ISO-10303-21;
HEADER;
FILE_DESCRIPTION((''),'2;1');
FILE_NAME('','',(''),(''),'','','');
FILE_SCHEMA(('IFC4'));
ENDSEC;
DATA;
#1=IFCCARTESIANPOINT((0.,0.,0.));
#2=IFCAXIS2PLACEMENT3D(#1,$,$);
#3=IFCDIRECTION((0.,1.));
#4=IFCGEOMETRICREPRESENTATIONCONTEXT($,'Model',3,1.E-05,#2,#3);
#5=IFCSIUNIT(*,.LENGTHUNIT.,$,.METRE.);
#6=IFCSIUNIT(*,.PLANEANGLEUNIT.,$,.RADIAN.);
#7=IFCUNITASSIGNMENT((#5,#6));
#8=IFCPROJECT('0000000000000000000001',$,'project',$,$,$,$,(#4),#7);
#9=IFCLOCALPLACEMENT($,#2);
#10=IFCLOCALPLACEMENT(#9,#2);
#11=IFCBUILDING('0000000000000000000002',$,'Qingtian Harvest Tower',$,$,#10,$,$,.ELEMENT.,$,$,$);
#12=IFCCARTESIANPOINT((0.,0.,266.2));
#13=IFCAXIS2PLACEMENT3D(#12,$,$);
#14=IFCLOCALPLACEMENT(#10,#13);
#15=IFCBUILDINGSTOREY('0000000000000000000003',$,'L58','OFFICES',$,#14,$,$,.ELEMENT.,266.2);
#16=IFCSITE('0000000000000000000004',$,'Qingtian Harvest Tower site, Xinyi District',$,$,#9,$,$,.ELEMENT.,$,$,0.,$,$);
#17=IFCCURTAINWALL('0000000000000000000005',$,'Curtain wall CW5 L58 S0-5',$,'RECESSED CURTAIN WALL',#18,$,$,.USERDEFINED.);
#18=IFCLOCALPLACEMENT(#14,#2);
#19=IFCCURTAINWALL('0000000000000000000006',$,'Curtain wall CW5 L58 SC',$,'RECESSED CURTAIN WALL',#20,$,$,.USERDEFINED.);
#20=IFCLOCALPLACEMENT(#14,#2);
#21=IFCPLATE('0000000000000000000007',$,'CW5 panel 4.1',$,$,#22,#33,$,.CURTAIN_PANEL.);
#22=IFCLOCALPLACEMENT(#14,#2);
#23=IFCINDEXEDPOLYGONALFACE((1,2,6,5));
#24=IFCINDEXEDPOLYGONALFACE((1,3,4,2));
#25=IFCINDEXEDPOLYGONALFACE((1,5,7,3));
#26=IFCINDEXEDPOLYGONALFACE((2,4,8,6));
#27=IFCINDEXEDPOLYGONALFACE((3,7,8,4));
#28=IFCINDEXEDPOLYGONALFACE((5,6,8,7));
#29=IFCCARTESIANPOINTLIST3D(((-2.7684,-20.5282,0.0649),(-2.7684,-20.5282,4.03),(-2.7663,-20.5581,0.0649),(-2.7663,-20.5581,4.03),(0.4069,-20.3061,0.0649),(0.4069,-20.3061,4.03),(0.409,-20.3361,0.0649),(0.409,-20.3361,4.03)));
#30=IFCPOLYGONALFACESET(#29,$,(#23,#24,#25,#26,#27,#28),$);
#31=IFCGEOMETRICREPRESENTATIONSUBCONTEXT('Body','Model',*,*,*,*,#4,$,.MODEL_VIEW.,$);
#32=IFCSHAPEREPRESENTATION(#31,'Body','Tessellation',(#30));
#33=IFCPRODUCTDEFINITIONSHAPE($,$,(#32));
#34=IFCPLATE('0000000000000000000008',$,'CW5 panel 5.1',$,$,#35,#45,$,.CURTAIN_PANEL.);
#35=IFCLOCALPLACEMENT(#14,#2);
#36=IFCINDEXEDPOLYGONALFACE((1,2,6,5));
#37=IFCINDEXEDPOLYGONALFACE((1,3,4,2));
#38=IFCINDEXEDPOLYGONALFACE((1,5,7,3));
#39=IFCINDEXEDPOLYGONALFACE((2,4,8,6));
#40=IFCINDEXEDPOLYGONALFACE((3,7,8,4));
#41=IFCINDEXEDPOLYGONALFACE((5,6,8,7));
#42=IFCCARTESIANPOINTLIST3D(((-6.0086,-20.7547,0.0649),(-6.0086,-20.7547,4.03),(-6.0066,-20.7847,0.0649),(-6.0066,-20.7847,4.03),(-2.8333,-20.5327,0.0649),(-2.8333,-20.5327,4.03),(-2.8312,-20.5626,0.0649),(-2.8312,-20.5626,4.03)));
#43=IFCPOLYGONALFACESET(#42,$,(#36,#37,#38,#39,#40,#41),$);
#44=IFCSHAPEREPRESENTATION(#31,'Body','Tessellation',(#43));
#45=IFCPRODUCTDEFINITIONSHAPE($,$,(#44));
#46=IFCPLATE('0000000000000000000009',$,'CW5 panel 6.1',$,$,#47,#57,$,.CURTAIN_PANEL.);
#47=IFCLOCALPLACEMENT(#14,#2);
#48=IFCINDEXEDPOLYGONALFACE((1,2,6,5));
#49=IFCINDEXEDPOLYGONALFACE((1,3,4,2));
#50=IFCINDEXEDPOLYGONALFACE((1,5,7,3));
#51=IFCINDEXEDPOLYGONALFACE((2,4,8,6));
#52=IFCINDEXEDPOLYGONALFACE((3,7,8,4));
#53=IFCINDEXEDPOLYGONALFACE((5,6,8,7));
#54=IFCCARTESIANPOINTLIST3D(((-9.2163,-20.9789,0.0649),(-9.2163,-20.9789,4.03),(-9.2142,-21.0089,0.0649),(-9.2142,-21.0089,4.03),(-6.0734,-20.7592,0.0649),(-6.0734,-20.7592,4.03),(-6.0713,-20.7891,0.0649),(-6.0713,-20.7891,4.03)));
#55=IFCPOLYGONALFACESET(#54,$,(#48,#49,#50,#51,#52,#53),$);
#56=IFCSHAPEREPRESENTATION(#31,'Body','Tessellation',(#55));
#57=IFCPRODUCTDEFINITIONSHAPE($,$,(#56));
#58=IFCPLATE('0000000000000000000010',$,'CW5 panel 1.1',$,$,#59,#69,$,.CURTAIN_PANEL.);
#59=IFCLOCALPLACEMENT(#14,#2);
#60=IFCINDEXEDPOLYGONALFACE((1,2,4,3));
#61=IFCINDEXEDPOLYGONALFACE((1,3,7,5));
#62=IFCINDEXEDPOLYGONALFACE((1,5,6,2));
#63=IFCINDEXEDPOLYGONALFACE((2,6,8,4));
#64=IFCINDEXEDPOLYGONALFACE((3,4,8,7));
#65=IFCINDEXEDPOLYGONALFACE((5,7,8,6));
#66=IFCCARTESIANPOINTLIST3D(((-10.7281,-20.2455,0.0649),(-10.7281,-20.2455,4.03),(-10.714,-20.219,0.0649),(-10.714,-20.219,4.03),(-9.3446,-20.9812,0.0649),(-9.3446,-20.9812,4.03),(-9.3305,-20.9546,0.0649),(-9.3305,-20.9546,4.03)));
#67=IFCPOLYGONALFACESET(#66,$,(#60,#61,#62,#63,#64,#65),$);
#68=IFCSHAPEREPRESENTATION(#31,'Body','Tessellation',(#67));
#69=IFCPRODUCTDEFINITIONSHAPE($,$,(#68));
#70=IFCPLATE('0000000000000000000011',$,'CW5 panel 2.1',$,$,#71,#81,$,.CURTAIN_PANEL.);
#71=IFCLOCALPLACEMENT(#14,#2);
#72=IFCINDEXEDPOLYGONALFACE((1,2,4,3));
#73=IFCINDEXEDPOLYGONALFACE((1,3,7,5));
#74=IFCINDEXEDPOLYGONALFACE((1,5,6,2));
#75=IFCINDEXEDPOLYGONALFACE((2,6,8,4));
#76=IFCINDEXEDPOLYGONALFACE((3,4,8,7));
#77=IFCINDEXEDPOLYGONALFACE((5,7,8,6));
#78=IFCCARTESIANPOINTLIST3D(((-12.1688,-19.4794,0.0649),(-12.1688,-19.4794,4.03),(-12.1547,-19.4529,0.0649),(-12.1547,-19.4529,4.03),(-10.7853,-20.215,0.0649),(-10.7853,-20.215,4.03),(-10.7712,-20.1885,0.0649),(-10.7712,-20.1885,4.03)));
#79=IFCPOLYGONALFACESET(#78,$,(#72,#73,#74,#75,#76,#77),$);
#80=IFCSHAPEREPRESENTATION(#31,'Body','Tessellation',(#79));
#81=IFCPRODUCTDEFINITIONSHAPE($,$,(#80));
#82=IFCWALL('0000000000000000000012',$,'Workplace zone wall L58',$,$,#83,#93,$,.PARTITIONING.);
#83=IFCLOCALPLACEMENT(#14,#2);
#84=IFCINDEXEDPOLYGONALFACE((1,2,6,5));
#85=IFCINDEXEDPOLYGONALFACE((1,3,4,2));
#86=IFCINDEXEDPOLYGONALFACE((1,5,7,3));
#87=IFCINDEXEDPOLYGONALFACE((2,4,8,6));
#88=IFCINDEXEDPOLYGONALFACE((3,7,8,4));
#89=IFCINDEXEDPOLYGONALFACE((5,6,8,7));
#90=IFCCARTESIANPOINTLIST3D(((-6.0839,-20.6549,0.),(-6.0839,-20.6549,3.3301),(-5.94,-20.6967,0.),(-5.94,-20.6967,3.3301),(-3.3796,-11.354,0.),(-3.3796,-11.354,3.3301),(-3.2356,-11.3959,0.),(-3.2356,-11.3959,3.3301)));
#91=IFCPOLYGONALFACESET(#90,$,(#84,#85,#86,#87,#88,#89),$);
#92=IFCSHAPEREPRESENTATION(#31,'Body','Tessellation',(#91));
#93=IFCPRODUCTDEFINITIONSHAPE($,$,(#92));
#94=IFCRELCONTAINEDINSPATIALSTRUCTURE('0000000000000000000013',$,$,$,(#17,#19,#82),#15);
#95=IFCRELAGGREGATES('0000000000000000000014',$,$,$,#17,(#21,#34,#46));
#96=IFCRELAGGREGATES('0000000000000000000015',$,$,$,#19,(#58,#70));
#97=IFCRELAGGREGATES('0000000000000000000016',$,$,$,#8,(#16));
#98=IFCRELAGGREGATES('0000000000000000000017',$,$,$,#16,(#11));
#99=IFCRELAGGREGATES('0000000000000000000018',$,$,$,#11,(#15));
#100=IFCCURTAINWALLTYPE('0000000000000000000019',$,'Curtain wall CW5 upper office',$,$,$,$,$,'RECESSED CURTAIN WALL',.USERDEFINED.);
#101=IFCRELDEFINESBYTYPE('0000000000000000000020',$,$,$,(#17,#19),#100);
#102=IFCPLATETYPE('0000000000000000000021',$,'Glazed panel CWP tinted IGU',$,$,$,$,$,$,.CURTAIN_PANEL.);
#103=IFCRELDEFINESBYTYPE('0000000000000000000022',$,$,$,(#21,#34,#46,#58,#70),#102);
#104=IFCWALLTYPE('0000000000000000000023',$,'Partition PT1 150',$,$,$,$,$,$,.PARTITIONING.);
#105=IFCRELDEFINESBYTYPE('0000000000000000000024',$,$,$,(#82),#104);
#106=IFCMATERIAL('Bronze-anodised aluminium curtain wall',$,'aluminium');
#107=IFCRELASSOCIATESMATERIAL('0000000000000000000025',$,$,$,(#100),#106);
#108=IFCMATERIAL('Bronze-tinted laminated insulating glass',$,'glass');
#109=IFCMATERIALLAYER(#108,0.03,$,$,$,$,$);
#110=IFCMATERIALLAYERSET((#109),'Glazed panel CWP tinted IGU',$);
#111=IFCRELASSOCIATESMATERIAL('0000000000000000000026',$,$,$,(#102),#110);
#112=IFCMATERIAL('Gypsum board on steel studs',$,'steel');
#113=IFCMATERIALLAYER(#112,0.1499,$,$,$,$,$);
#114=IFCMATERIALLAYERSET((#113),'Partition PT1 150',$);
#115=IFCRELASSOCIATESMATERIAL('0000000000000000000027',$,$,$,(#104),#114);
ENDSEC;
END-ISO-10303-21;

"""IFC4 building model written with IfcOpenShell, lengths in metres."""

from ifc_helpers import new_model, si_unit, direction, frame, frame_2d, origin, origin_2d, place, context, subcontext, project, spatial, rectangle, extrude, material, layer, layer_set, type_object, element, aggregate, save


model = new_model("IFC4")

# Units and contexts
model_context = context("Model", 3, precision=1e-05, world=origin(), true_north=direction((0.0, 1.0)))
body_context = subcontext(model_context, "Body", "Model", "MODEL_VIEW")
ifc_project = project(units=[si_unit("LENGTHUNIT", "METRE"), si_unit("PLANEANGLEUNIT", "RADIAN")], contexts=[model_context])

# Site, building, storey
site_placement = place(None, origin())
site = spatial("IfcSite", under=ifc_project, at=site_placement, Name="Qingtian Harvest Tower site, Xinyi District", CompositionType="ELEMENT", RefElevation=0.0)
building_placement = place(site_placement, origin())
building = spatial("IfcBuilding", under=site, at=building_placement, Name="Qingtian Harvest Tower", CompositionType="ELEMENT")
storey_placement = place(building_placement, frame((0.0, 0.0, 266.2)))
storey = spatial("IfcBuildingStorey", under=building, at=storey_placement, Name="L58", Description="OFFICES", CompositionType="ELEMENT", Elevation=266.2)

# Curtain walls
ifc_material_1 = material(Name="Bronze-anodised aluminium curtain wall", Category="aluminium")
curtain_wall_type = type_object("IfcCurtainWallType", Name="Curtain wall CW5 upper office", ElementType="RECESSED CURTAIN WALL", PredefinedType="USERDEFINED", material=ifc_material_1)
curtain_wall_1_placement = place(storey_placement, origin())
curtain_wall_1 = element("IfcCurtainWall", 1, at=curtain_wall_1_placement, inside=storey, type_object=curtain_wall_type, Name="Curtain wall CW5 L58 S0-5", ObjectType="RECESSED CURTAIN WALL", PredefinedType="USERDEFINED")
curtain_wall_2_placement = place(storey_placement, origin())
curtain_wall_2 = element("IfcCurtainWall", 2, at=curtain_wall_2_placement, inside=storey, type_object=curtain_wall_type, Name="Curtain wall CW5 L58 SC", ObjectType="RECESSED CURTAIN WALL", PredefinedType="USERDEFINED")

# Plates
ifc_material_2 = material(Name="Bronze-tinted laminated insulating glass", Category="glass")
ifc_layer_1 = layer(ifc_material_2, 0.03)
ifc_layer_set_1 = layer_set([ifc_layer_1], Name="Glazed panel CWP tinted IGU")
plate_type = type_object("IfcPlateType", Name="Glazed panel CWP tinted IGU", PredefinedType="CURTAIN_PANEL", material=ifc_layer_set_1)
plate_1_placement = place(storey_placement, frame((-1.1797, -20.4321, 0.0649), z_axis=(0.0, 0.0, 1.0), x_axis=(-0.997564, -0.069756, 0.0)))
plate_1 = element("IfcPlate", 3, at=plate_1_placement, type_object=plate_type, Name="CW5 panel 4.1", PredefinedType="CURTAIN_PANEL", context=body_context, shape_type="SweptSolid", body=[
    extrude(rectangle(XDim=3.1831, YDim=0.03, at=origin_2d()), origin(), (0.0, 0.0, 1.0), 3.9651),
])
plate_2_placement = place(storey_placement, frame((-4.4199, -20.6587, 0.0649), z_axis=(0.0, 0.0, 1.0), x_axis=(-0.997564, -0.069756, 0.0)))
plate_2 = element("IfcPlate", 4, at=plate_2_placement, type_object=plate_type, Name="CW5 panel 5.1", PredefinedType="CURTAIN_PANEL", context=body_context, shape_type="SweptSolid", body=[
    extrude(rectangle(XDim=3.1831, YDim=0.03, at=origin_2d()), origin(), (0.0, 0.0, 1.0), 3.9651),
])
plate_3_placement = place(storey_placement, frame((-7.6438, -20.884, 0.0649), z_axis=(0.0, 0.0, 1.0), x_axis=(-0.997564, -0.069756, 0.0)))
plate_3 = element("IfcPlate", 5, at=plate_3_placement, type_object=plate_type, Name="CW5 panel 6.1", PredefinedType="CURTAIN_PANEL", context=body_context, shape_type="SweptSolid", body=[
    extrude(rectangle(XDim=3.1506, YDim=0.03, at=origin_2d()), origin(), (0.0, 0.0, 1.0), 3.9651),
])
aggregate(curtain_wall_1, [plate_1, plate_2, plate_3])
plate_4_placement = place(storey_placement, frame((-10.0293, -20.6001, 0.0649), z_axis=(0.0, 0.0, 1.0), x_axis=(-0.882948, 0.469472, 0.0)))
plate_4 = element("IfcPlate", 6, at=plate_4_placement, type_object=plate_type, Name="CW5 panel 1.1", PredefinedType="CURTAIN_PANEL", context=body_context, shape_type="SweptSolid", body=[
    extrude(rectangle(XDim=1.5669, YDim=0.03, at=origin_2d()), origin(), (0.0, 0.0, 1.0), 3.9651),
])
plate_5_placement = place(storey_placement, frame((-11.47, -19.834, 0.0649), z_axis=(0.0, 0.0, 1.0), x_axis=(-0.882948, 0.469472, 0.0)))
plate_5 = element("IfcPlate", 7, at=plate_5_placement, type_object=plate_type, Name="CW5 panel 2.1", PredefinedType="CURTAIN_PANEL", context=body_context, shape_type="SweptSolid", body=[
    extrude(rectangle(XDim=1.5669, YDim=0.03, at=origin_2d()), origin(), (0.0, 0.0, 1.0), 3.9651),
])
aggregate(curtain_wall_2, [plate_4, plate_5])

# Shared definitions
ifc_material_3 = material(Name="Gypsum board on steel studs", Category="steel")
ifc_layer_2 = layer(ifc_material_3, 0.1499)
ifc_layer_set_2 = layer_set([ifc_layer_2], Name="Partition PT1 150")
wall_type = type_object("IfcWallType", Name="Partition PT1 150", PredefinedType="PARTITIONING", material=ifc_layer_set_2)

# Wall
wall_1_placement = place(storey_placement, frame((-6.012, -20.6758, 0.0), z_axis=(0.0, 0.0, 1.0), x_axis=(0.279202, 0.960232, 0.0)))
element("IfcWall", 8, at=wall_1_placement, inside=storey, type_object=wall_type, Name="Workplace zone wall L58", PredefinedType="PARTITIONING", context=body_context, shape_type="SweptSolid", body=[
    extrude(rectangle(XDim=9.686, YDim=0.1499, at=frame_2d((4.843, 0.0))), origin(), (0.0, 0.0, 1.0), 3.3301),
])

save(model, "model.ifc")
